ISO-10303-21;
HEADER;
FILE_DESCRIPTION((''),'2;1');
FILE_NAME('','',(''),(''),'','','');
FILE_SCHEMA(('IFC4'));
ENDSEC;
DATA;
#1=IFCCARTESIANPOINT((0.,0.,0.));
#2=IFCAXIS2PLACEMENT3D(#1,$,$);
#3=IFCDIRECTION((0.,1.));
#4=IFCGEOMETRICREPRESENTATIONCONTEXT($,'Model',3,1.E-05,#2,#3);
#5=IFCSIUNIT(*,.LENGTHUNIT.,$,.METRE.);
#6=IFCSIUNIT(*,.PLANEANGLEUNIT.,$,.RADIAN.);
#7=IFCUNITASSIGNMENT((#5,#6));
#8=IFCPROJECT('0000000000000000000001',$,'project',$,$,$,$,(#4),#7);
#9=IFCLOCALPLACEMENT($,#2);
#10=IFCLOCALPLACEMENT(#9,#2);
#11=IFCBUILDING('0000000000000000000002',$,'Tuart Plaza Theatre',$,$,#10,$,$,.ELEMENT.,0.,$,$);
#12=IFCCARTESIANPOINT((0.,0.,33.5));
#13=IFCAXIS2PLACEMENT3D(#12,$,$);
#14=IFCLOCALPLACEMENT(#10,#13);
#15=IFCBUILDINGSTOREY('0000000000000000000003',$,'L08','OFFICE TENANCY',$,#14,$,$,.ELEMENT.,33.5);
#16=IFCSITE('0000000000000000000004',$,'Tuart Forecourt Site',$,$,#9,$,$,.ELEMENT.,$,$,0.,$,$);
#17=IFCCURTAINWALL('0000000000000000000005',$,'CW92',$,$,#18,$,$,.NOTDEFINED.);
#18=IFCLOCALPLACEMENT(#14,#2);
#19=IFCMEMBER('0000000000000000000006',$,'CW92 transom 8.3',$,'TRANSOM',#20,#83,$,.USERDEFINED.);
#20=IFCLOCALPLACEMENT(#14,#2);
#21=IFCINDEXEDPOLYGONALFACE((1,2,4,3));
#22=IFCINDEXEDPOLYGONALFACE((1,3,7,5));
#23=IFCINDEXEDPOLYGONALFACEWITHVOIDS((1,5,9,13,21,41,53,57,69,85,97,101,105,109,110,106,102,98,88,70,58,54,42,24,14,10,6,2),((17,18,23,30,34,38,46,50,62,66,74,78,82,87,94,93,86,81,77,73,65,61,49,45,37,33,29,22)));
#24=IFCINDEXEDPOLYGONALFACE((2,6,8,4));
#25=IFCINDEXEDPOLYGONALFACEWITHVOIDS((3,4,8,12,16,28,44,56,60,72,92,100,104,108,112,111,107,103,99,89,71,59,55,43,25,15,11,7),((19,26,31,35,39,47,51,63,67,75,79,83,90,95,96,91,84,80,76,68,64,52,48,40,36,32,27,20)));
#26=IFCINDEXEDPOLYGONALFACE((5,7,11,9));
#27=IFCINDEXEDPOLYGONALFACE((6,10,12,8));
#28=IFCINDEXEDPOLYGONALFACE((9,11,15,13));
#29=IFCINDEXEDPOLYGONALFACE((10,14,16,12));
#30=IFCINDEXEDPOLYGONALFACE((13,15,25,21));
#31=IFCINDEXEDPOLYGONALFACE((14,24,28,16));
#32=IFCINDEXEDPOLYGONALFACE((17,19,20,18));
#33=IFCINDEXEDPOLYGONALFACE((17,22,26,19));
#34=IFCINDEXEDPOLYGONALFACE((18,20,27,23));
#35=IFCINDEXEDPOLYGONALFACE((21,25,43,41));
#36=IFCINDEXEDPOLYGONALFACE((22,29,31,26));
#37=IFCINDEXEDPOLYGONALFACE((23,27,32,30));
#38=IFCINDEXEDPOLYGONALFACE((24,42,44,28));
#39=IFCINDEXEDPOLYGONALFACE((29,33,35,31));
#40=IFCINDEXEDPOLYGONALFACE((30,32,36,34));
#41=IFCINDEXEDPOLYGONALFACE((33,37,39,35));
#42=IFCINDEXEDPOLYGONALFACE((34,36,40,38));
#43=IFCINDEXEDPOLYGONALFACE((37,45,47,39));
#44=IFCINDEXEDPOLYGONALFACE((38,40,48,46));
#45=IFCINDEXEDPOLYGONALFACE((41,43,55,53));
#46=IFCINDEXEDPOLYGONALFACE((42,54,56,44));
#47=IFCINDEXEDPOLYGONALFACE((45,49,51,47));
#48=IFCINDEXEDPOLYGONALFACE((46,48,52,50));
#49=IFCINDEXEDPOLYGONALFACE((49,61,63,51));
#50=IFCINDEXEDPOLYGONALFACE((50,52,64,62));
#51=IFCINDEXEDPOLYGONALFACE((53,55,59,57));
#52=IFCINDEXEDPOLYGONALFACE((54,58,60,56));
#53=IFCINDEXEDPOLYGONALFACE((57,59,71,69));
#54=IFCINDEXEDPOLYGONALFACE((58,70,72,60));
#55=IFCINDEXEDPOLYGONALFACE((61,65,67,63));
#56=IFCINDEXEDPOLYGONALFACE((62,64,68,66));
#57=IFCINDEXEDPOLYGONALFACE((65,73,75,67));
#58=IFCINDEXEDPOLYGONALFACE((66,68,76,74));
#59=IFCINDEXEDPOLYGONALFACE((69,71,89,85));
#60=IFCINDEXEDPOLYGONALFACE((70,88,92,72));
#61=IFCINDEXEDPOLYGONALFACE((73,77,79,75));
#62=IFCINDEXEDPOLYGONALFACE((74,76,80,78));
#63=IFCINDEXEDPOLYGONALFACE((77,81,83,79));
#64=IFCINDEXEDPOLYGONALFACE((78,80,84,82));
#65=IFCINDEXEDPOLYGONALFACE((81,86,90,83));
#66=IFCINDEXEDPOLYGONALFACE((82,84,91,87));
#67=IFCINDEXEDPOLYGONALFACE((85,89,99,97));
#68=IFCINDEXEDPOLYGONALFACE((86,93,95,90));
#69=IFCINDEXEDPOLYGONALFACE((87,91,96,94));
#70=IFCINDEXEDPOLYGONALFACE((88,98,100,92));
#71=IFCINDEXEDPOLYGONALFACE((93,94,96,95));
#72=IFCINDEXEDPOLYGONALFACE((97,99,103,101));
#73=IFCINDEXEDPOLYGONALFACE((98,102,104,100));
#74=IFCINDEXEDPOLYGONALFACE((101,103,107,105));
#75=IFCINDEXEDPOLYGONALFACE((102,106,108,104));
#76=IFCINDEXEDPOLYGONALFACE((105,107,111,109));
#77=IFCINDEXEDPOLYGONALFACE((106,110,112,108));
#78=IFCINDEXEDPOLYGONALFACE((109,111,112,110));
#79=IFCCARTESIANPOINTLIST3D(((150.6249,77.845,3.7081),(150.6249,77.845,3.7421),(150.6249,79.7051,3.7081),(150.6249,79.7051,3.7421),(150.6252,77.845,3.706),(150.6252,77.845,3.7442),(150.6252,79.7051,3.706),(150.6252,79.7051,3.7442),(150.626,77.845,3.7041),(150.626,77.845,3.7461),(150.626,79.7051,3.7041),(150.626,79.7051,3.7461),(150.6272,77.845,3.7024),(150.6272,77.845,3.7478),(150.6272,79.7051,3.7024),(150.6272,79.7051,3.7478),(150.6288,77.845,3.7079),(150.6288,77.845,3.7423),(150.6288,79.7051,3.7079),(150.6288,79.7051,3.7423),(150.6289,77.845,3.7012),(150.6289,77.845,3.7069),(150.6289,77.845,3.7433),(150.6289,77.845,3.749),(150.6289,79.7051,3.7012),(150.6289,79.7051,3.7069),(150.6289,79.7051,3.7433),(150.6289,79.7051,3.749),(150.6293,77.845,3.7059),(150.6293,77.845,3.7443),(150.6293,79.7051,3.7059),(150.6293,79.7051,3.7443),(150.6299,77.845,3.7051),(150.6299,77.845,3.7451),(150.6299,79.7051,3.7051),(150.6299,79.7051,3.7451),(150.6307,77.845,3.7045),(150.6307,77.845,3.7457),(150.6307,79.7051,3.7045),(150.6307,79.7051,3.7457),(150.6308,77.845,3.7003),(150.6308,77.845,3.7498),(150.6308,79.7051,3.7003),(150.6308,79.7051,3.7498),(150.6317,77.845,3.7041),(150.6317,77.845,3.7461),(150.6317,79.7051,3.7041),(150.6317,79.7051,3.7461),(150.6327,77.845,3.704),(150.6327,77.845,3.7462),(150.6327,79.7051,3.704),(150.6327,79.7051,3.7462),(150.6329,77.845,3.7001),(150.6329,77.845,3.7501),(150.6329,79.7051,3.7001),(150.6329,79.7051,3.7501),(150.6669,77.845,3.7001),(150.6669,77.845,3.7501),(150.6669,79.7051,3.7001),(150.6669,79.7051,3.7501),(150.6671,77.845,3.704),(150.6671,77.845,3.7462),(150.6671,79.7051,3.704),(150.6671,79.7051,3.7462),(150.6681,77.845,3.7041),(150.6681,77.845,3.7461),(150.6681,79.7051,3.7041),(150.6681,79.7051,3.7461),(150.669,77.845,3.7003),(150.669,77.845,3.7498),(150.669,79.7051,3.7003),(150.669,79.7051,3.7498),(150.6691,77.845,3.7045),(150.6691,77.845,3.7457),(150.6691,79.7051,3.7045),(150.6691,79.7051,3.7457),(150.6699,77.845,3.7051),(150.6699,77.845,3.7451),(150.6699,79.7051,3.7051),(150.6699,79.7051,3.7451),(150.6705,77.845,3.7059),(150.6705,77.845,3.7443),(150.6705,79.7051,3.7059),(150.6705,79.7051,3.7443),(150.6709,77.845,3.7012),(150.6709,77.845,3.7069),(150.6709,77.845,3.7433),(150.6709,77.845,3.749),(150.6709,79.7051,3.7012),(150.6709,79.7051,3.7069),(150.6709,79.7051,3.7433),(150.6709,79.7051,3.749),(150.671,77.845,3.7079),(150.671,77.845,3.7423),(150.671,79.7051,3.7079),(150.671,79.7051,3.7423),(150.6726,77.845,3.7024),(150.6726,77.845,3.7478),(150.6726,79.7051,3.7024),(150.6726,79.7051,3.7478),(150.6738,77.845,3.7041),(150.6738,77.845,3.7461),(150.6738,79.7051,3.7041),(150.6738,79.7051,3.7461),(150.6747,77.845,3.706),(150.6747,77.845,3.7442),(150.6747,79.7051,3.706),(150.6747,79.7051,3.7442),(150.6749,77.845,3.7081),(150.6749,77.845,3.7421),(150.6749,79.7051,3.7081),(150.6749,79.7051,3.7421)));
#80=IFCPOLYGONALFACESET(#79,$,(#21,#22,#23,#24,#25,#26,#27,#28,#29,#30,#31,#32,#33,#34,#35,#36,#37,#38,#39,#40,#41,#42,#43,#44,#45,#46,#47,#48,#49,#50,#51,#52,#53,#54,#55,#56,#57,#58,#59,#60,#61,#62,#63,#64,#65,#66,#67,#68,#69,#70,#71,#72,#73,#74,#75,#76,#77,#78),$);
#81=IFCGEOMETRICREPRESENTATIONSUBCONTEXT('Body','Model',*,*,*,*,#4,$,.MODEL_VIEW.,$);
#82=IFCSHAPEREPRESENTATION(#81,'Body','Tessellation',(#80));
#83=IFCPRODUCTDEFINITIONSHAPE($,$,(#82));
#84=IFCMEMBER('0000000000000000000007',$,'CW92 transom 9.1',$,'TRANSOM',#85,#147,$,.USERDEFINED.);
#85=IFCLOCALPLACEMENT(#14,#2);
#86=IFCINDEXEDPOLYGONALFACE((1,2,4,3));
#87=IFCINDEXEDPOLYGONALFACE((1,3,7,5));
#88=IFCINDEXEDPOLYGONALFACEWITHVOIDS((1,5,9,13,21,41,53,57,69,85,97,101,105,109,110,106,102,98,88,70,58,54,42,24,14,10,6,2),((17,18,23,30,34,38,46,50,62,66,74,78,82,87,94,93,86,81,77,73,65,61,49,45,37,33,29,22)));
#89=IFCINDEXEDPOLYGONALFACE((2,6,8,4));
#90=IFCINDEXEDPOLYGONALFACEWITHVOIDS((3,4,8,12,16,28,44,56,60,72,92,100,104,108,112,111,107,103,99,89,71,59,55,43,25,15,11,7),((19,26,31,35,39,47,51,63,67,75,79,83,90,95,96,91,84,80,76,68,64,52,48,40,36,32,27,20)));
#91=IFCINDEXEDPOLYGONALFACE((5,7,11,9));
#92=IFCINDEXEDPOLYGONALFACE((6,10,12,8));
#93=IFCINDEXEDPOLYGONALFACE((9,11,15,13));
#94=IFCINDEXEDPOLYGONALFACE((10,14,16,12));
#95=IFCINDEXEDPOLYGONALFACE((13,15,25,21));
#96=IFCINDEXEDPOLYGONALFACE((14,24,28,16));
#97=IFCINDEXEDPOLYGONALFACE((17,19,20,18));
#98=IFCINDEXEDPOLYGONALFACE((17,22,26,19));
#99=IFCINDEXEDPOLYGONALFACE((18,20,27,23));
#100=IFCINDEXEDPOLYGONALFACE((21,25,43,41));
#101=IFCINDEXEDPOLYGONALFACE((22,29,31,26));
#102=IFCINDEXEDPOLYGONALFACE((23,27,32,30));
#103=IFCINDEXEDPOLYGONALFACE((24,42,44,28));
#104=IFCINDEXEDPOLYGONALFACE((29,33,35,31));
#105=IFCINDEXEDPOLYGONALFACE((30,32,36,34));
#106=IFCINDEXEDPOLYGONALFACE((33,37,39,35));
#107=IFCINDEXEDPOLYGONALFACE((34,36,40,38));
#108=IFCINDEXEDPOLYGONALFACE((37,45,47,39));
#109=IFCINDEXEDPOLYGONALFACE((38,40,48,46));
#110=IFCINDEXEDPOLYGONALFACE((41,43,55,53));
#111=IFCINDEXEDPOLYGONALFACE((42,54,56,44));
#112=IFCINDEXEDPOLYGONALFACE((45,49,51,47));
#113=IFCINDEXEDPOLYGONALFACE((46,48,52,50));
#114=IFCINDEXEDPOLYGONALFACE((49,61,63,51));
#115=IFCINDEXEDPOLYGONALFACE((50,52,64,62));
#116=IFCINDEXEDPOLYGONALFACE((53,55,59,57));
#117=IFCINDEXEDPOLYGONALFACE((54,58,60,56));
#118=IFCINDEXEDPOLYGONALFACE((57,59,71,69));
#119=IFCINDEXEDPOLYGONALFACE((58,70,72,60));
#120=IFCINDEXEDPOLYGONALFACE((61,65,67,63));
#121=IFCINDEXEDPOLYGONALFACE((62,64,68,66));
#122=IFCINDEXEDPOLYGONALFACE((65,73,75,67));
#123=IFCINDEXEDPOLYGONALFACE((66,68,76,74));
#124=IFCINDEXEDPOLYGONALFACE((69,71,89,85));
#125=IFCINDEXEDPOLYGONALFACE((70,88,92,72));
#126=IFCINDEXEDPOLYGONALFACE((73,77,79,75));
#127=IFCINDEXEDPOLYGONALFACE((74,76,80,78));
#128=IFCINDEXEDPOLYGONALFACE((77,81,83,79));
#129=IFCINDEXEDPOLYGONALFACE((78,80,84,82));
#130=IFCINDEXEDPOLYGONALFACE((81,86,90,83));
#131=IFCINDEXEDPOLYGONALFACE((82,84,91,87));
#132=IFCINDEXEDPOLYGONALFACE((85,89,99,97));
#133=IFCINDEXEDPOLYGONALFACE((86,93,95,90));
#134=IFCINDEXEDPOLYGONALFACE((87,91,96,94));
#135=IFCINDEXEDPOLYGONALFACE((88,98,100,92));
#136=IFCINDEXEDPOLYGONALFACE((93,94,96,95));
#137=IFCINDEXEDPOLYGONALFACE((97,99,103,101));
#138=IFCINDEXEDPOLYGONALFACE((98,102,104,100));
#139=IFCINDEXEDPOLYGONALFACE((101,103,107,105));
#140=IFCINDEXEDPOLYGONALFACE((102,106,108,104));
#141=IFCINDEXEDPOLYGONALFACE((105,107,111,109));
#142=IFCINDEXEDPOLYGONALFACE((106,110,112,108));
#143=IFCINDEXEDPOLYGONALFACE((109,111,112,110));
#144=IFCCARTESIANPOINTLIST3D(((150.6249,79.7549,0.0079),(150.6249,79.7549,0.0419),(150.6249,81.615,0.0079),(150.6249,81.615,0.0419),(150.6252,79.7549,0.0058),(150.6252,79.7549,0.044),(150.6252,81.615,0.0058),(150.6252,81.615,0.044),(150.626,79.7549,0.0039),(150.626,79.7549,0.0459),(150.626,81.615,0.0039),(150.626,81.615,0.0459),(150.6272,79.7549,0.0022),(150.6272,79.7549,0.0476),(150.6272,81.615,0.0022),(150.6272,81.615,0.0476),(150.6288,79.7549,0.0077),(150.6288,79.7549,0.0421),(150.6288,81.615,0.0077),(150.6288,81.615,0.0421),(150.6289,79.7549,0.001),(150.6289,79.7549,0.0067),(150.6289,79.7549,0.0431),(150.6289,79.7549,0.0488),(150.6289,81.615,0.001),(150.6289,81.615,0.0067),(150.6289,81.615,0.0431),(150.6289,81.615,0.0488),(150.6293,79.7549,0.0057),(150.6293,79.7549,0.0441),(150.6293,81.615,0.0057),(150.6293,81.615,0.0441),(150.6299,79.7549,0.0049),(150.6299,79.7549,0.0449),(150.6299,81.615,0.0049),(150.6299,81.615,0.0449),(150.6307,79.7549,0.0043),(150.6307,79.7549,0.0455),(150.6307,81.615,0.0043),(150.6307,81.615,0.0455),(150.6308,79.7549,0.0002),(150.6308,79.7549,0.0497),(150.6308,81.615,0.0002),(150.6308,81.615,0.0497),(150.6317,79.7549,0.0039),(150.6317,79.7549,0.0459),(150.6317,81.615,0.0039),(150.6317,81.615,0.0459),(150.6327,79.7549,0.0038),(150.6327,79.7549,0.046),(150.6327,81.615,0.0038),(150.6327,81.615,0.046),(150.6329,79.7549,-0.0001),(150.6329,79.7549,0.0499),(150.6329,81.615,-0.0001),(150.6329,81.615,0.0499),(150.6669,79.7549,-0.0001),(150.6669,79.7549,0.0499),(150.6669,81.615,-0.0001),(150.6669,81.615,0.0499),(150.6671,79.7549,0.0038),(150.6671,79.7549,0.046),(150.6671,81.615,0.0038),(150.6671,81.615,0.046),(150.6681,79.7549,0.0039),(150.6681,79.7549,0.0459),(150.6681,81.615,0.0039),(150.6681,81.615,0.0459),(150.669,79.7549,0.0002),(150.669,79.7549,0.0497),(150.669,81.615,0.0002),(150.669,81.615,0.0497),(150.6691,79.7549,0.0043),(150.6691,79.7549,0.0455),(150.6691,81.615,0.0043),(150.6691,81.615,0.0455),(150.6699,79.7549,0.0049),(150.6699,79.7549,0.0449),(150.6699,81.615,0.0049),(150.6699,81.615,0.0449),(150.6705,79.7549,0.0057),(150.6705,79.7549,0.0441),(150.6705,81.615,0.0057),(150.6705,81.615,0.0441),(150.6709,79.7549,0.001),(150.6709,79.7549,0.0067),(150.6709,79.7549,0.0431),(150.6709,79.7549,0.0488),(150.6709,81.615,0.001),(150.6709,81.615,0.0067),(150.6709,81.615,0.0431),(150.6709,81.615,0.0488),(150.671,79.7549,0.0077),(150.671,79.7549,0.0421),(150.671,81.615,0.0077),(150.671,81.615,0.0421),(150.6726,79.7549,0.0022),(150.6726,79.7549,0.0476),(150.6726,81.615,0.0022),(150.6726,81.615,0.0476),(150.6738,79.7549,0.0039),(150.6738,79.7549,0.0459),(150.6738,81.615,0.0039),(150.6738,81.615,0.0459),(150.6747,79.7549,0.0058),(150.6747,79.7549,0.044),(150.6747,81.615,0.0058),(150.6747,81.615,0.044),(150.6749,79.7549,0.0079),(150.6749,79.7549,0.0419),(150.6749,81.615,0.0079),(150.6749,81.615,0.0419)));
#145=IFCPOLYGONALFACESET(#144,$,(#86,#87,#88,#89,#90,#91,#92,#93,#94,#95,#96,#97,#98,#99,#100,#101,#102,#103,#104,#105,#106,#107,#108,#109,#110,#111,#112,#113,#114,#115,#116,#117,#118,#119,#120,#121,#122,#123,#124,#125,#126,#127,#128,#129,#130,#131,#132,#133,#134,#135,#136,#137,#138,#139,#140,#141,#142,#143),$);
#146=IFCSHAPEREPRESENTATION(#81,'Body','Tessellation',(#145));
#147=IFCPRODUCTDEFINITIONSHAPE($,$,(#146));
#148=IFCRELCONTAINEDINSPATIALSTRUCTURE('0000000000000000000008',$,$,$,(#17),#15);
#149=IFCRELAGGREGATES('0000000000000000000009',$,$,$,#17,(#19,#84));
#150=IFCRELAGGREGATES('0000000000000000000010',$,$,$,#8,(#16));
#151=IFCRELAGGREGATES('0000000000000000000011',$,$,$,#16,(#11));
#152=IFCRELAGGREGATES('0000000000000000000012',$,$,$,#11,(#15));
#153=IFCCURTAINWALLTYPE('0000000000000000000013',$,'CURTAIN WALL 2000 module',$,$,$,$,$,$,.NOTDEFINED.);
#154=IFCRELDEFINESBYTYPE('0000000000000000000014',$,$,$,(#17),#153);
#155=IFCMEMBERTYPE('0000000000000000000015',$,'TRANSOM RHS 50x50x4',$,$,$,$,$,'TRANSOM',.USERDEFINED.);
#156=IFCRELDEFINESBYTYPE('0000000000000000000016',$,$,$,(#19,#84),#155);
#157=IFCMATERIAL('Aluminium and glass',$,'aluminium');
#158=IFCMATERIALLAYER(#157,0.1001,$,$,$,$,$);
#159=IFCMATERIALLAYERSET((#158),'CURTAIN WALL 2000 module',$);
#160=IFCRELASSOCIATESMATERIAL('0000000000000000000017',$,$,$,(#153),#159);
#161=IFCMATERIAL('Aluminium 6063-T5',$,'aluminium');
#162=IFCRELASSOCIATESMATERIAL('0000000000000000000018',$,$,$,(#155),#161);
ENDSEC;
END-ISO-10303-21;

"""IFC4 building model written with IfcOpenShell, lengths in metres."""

from ifc_helpers import new_model, si_unit, direction, frame, origin, origin_2d, place, context, subcontext, project, spatial, hollow_rectangle, extrude, material, layer, layer_set, material_profile, profile_set, type_object, element, aggregate, save


model = new_model("IFC4")

# Units and contexts
model_context = context("Model", 3, precision=1e-05, world=origin(), true_north=direction((0.0, 1.0)))
body_context = subcontext(model_context, "Body", "Model", "MODEL_VIEW")
ifc_project = project(units=[si_unit("LENGTHUNIT", "METRE"), si_unit("PLANEANGLEUNIT", "RADIAN")], contexts=[model_context])

# Site, building, storey
site_placement = place(None, origin())
site = spatial("IfcSite", under=ifc_project, at=site_placement, Name="Tuart Forecourt Site", CompositionType="ELEMENT", RefElevation=0.0)
building_placement = place(site_placement, origin())
building = spatial("IfcBuilding", under=site, at=building_placement, Name="Tuart Plaza Theatre", CompositionType="ELEMENT", ElevationOfRefHeight=0.0)
storey_placement = place(building_placement, frame((0.0, 0.0, 33.5)))
storey = spatial("IfcBuildingStorey", under=building, at=storey_placement, Name="L08", Description="OFFICE TENANCY", CompositionType="ELEMENT", Elevation=33.5)

# Curtain wall, members
ifc_material_1 = material(Name="Aluminium and glass", Category="aluminium")
ifc_layer_1 = layer(ifc_material_1, 0.1001)
ifc_layer_set_1 = layer_set([ifc_layer_1], Name="CURTAIN WALL 2000 module")
curtain_wall_type = type_object("IfcCurtainWallType", Name="CURTAIN WALL 2000 module", PredefinedType="NOTDEFINED", material=ifc_layer_set_1)
curtain_wall_placement = place(storey_placement, origin())
curtain_wall = element("IfcCurtainWall", 1, at=curtain_wall_placement, inside=storey, type_object=curtain_wall_type, Name="CW92", PredefinedType="NOTDEFINED")
ifc_material_2 = material(Name="Aluminium 6063-T5", Category="aluminium")
ifc_material_profile_1 = material_profile(ifc_material_2, hollow_rectangle(XDim=0.05, YDim=0.05, WallThickness=0.0039, InnerFilletRadius=0.0039, OuterFilletRadius=0.0081, at=origin_2d()), Name="RHS 50x50x4")
ifc_profile_set_1 = profile_set([ifc_material_profile_1], Name="Aluminium 6063-T5")
member_type_1 = type_object("IfcMemberType", Name="TRANSOM RHS 50x50x4", ElementType="TRANSOM", PredefinedType="USERDEFINED", material=ifc_profile_set_1)
member_1_placement = place(storey_placement, frame((150.6499, 77.845, 3.7251), z_axis=(0.0, 1.0, 0.0), x_axis=(-1.0, 0.0, 0.0)))
member_1 = element("IfcMember", 2, at=member_1_placement, type_object=member_type_1, Name="CW92 transom 8.3", ObjectType="TRANSOM", PredefinedType="USERDEFINED", context=body_context, shape_type="SweptSolid", body=[
    extrude(hollow_rectangle(XDim=0.05, YDim=0.05, WallThickness=0.0039, InnerFilletRadius=0.0039, OuterFilletRadius=0.0081, at=origin_2d()), origin(), (0.0, 0.0, 1.0), 1.8601),
])
member_2_placement = place(storey_placement, frame((150.6499, 79.7549, 0.0249), z_axis=(0.0, 1.0, 0.0), x_axis=(-1.0, 0.0, 0.0)))
member_2 = element("IfcMember", 3, at=member_2_placement, type_object=member_type_1, Name="CW92 transom 9.1", ObjectType="TRANSOM", PredefinedType="USERDEFINED", context=body_context, shape_type="SweptSolid", body=[
    extrude(hollow_rectangle(XDim=0.05, YDim=0.05, WallThickness=0.0039, InnerFilletRadius=0.0039, OuterFilletRadius=0.0081, at=origin_2d()), origin(), (0.0, 0.0, 1.0), 1.8601),
])
aggregate(curtain_wall, [member_1, member_2])

save(model, "model.ifc")
